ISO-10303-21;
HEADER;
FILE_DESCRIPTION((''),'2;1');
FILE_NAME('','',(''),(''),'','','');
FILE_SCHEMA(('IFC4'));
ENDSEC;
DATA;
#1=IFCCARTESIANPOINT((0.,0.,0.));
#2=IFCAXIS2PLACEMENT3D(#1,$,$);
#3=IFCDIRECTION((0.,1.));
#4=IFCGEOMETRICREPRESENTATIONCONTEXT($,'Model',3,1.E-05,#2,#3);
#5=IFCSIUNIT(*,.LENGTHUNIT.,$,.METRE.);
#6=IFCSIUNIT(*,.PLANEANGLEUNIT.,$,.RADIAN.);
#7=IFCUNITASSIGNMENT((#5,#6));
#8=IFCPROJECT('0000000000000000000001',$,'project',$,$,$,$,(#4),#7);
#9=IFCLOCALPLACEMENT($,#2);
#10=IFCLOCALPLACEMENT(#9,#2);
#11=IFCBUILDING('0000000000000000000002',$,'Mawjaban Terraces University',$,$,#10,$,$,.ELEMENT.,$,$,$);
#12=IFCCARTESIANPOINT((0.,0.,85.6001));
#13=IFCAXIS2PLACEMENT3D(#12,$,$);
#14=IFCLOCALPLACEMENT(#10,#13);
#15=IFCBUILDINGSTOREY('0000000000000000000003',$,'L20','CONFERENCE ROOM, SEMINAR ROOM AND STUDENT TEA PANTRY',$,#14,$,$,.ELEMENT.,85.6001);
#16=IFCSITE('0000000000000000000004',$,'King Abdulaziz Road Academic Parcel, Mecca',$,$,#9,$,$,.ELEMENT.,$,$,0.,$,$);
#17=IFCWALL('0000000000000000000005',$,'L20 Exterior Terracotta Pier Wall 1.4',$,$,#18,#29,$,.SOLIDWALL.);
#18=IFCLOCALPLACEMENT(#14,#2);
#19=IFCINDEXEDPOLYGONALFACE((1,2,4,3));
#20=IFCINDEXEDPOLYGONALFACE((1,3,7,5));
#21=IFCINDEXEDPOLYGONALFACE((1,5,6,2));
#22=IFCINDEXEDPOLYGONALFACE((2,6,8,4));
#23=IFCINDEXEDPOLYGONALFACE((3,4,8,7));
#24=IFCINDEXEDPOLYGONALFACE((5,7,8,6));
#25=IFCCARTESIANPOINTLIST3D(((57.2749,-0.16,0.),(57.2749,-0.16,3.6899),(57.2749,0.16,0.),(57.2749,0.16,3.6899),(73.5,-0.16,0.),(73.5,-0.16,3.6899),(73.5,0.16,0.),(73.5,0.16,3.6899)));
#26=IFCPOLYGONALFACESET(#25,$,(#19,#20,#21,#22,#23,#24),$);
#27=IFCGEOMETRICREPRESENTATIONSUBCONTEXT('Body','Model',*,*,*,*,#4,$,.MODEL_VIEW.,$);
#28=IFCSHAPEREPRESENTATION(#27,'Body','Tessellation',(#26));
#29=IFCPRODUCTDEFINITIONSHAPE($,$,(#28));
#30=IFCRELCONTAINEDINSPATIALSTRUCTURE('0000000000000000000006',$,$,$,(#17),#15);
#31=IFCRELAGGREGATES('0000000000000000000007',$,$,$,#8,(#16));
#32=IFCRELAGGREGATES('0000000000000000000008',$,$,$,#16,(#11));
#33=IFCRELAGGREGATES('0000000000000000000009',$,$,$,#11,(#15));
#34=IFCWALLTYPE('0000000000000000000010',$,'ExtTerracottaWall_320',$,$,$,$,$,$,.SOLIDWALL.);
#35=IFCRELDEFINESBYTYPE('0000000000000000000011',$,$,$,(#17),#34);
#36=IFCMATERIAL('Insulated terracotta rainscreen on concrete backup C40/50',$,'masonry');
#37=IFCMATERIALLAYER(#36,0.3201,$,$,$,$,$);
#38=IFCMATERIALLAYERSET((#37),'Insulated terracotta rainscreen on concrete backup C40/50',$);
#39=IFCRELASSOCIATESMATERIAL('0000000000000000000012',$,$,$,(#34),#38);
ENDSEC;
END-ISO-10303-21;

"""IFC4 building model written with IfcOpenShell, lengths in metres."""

from ifc_helpers import new_model, si_unit, direction, frame, frame_2d, origin, place, context, subcontext, project, spatial, rectangle, extrude, material, layer, layer_set, type_object, element, save


model = new_model("IFC4")

# Units and contexts
model_context = context("Model", 3, precision=1e-05, world=origin(), true_north=direction((0.0, 1.0)))
body_context = subcontext(model_context, "Body", "Model", "MODEL_VIEW")
ifc_project = project(units=[si_unit("LENGTHUNIT", "METRE"), si_unit("PLANEANGLEUNIT", "RADIAN")], contexts=[model_context])

# Site, building, storey
site_placement = place(None, origin())
site = spatial("IfcSite", under=ifc_project, at=site_placement, Name="King Abdulaziz Road Academic Parcel, Mecca", CompositionType="ELEMENT", RefElevation=0.0)
building_placement = place(site_placement, origin())
building = spatial("IfcBuilding", under=site, at=building_placement, Name="Mawjaban Terraces University", CompositionType="ELEMENT")
storey_placement = place(building_placement, frame((0.0, 0.0, 85.6001)))
storey = spatial("IfcBuildingStorey", under=building, at=storey_placement, Name="L20", Description="CONFERENCE ROOM, SEMINAR ROOM AND STUDENT TEA PANTRY", CompositionType="ELEMENT", Elevation=85.6001)

# Wall
ifc_material_1 = material(Name="Insulated terracotta rainscreen on concrete backup C40/50", Category="masonry")
ifc_layer_1 = layer(ifc_material_1, 0.3201)
ifc_layer_set_1 = layer_set([ifc_layer_1], Name="Insulated terracotta rainscreen on concrete backup C40/50")
wall_type = type_object("IfcWallType", Name="ExtTerracottaWall_320", PredefinedType="SOLIDWALL", material=ifc_layer_set_1)
wall_1_placement = place(storey_placement, frame((57.2749, 0.0, 0.0), z_axis=(0.0, 0.0, 1.0), x_axis=(1.0, 0.0, 0.0)))
element("IfcWall", 1, at=wall_1_placement, inside=storey, type_object=wall_type, Name="L20 Exterior Terracotta Pier Wall 1.4", PredefinedType="SOLIDWALL", context=body_context, shape_type="SweptSolid", body=[
    extrude(rectangle(XDim=16.2251, YDim=0.3201, at=frame_2d((8.1125, 0.0))), origin(), (0.0, 0.0, 1.0), 3.6899),
])

save(model, "model.ifc")
